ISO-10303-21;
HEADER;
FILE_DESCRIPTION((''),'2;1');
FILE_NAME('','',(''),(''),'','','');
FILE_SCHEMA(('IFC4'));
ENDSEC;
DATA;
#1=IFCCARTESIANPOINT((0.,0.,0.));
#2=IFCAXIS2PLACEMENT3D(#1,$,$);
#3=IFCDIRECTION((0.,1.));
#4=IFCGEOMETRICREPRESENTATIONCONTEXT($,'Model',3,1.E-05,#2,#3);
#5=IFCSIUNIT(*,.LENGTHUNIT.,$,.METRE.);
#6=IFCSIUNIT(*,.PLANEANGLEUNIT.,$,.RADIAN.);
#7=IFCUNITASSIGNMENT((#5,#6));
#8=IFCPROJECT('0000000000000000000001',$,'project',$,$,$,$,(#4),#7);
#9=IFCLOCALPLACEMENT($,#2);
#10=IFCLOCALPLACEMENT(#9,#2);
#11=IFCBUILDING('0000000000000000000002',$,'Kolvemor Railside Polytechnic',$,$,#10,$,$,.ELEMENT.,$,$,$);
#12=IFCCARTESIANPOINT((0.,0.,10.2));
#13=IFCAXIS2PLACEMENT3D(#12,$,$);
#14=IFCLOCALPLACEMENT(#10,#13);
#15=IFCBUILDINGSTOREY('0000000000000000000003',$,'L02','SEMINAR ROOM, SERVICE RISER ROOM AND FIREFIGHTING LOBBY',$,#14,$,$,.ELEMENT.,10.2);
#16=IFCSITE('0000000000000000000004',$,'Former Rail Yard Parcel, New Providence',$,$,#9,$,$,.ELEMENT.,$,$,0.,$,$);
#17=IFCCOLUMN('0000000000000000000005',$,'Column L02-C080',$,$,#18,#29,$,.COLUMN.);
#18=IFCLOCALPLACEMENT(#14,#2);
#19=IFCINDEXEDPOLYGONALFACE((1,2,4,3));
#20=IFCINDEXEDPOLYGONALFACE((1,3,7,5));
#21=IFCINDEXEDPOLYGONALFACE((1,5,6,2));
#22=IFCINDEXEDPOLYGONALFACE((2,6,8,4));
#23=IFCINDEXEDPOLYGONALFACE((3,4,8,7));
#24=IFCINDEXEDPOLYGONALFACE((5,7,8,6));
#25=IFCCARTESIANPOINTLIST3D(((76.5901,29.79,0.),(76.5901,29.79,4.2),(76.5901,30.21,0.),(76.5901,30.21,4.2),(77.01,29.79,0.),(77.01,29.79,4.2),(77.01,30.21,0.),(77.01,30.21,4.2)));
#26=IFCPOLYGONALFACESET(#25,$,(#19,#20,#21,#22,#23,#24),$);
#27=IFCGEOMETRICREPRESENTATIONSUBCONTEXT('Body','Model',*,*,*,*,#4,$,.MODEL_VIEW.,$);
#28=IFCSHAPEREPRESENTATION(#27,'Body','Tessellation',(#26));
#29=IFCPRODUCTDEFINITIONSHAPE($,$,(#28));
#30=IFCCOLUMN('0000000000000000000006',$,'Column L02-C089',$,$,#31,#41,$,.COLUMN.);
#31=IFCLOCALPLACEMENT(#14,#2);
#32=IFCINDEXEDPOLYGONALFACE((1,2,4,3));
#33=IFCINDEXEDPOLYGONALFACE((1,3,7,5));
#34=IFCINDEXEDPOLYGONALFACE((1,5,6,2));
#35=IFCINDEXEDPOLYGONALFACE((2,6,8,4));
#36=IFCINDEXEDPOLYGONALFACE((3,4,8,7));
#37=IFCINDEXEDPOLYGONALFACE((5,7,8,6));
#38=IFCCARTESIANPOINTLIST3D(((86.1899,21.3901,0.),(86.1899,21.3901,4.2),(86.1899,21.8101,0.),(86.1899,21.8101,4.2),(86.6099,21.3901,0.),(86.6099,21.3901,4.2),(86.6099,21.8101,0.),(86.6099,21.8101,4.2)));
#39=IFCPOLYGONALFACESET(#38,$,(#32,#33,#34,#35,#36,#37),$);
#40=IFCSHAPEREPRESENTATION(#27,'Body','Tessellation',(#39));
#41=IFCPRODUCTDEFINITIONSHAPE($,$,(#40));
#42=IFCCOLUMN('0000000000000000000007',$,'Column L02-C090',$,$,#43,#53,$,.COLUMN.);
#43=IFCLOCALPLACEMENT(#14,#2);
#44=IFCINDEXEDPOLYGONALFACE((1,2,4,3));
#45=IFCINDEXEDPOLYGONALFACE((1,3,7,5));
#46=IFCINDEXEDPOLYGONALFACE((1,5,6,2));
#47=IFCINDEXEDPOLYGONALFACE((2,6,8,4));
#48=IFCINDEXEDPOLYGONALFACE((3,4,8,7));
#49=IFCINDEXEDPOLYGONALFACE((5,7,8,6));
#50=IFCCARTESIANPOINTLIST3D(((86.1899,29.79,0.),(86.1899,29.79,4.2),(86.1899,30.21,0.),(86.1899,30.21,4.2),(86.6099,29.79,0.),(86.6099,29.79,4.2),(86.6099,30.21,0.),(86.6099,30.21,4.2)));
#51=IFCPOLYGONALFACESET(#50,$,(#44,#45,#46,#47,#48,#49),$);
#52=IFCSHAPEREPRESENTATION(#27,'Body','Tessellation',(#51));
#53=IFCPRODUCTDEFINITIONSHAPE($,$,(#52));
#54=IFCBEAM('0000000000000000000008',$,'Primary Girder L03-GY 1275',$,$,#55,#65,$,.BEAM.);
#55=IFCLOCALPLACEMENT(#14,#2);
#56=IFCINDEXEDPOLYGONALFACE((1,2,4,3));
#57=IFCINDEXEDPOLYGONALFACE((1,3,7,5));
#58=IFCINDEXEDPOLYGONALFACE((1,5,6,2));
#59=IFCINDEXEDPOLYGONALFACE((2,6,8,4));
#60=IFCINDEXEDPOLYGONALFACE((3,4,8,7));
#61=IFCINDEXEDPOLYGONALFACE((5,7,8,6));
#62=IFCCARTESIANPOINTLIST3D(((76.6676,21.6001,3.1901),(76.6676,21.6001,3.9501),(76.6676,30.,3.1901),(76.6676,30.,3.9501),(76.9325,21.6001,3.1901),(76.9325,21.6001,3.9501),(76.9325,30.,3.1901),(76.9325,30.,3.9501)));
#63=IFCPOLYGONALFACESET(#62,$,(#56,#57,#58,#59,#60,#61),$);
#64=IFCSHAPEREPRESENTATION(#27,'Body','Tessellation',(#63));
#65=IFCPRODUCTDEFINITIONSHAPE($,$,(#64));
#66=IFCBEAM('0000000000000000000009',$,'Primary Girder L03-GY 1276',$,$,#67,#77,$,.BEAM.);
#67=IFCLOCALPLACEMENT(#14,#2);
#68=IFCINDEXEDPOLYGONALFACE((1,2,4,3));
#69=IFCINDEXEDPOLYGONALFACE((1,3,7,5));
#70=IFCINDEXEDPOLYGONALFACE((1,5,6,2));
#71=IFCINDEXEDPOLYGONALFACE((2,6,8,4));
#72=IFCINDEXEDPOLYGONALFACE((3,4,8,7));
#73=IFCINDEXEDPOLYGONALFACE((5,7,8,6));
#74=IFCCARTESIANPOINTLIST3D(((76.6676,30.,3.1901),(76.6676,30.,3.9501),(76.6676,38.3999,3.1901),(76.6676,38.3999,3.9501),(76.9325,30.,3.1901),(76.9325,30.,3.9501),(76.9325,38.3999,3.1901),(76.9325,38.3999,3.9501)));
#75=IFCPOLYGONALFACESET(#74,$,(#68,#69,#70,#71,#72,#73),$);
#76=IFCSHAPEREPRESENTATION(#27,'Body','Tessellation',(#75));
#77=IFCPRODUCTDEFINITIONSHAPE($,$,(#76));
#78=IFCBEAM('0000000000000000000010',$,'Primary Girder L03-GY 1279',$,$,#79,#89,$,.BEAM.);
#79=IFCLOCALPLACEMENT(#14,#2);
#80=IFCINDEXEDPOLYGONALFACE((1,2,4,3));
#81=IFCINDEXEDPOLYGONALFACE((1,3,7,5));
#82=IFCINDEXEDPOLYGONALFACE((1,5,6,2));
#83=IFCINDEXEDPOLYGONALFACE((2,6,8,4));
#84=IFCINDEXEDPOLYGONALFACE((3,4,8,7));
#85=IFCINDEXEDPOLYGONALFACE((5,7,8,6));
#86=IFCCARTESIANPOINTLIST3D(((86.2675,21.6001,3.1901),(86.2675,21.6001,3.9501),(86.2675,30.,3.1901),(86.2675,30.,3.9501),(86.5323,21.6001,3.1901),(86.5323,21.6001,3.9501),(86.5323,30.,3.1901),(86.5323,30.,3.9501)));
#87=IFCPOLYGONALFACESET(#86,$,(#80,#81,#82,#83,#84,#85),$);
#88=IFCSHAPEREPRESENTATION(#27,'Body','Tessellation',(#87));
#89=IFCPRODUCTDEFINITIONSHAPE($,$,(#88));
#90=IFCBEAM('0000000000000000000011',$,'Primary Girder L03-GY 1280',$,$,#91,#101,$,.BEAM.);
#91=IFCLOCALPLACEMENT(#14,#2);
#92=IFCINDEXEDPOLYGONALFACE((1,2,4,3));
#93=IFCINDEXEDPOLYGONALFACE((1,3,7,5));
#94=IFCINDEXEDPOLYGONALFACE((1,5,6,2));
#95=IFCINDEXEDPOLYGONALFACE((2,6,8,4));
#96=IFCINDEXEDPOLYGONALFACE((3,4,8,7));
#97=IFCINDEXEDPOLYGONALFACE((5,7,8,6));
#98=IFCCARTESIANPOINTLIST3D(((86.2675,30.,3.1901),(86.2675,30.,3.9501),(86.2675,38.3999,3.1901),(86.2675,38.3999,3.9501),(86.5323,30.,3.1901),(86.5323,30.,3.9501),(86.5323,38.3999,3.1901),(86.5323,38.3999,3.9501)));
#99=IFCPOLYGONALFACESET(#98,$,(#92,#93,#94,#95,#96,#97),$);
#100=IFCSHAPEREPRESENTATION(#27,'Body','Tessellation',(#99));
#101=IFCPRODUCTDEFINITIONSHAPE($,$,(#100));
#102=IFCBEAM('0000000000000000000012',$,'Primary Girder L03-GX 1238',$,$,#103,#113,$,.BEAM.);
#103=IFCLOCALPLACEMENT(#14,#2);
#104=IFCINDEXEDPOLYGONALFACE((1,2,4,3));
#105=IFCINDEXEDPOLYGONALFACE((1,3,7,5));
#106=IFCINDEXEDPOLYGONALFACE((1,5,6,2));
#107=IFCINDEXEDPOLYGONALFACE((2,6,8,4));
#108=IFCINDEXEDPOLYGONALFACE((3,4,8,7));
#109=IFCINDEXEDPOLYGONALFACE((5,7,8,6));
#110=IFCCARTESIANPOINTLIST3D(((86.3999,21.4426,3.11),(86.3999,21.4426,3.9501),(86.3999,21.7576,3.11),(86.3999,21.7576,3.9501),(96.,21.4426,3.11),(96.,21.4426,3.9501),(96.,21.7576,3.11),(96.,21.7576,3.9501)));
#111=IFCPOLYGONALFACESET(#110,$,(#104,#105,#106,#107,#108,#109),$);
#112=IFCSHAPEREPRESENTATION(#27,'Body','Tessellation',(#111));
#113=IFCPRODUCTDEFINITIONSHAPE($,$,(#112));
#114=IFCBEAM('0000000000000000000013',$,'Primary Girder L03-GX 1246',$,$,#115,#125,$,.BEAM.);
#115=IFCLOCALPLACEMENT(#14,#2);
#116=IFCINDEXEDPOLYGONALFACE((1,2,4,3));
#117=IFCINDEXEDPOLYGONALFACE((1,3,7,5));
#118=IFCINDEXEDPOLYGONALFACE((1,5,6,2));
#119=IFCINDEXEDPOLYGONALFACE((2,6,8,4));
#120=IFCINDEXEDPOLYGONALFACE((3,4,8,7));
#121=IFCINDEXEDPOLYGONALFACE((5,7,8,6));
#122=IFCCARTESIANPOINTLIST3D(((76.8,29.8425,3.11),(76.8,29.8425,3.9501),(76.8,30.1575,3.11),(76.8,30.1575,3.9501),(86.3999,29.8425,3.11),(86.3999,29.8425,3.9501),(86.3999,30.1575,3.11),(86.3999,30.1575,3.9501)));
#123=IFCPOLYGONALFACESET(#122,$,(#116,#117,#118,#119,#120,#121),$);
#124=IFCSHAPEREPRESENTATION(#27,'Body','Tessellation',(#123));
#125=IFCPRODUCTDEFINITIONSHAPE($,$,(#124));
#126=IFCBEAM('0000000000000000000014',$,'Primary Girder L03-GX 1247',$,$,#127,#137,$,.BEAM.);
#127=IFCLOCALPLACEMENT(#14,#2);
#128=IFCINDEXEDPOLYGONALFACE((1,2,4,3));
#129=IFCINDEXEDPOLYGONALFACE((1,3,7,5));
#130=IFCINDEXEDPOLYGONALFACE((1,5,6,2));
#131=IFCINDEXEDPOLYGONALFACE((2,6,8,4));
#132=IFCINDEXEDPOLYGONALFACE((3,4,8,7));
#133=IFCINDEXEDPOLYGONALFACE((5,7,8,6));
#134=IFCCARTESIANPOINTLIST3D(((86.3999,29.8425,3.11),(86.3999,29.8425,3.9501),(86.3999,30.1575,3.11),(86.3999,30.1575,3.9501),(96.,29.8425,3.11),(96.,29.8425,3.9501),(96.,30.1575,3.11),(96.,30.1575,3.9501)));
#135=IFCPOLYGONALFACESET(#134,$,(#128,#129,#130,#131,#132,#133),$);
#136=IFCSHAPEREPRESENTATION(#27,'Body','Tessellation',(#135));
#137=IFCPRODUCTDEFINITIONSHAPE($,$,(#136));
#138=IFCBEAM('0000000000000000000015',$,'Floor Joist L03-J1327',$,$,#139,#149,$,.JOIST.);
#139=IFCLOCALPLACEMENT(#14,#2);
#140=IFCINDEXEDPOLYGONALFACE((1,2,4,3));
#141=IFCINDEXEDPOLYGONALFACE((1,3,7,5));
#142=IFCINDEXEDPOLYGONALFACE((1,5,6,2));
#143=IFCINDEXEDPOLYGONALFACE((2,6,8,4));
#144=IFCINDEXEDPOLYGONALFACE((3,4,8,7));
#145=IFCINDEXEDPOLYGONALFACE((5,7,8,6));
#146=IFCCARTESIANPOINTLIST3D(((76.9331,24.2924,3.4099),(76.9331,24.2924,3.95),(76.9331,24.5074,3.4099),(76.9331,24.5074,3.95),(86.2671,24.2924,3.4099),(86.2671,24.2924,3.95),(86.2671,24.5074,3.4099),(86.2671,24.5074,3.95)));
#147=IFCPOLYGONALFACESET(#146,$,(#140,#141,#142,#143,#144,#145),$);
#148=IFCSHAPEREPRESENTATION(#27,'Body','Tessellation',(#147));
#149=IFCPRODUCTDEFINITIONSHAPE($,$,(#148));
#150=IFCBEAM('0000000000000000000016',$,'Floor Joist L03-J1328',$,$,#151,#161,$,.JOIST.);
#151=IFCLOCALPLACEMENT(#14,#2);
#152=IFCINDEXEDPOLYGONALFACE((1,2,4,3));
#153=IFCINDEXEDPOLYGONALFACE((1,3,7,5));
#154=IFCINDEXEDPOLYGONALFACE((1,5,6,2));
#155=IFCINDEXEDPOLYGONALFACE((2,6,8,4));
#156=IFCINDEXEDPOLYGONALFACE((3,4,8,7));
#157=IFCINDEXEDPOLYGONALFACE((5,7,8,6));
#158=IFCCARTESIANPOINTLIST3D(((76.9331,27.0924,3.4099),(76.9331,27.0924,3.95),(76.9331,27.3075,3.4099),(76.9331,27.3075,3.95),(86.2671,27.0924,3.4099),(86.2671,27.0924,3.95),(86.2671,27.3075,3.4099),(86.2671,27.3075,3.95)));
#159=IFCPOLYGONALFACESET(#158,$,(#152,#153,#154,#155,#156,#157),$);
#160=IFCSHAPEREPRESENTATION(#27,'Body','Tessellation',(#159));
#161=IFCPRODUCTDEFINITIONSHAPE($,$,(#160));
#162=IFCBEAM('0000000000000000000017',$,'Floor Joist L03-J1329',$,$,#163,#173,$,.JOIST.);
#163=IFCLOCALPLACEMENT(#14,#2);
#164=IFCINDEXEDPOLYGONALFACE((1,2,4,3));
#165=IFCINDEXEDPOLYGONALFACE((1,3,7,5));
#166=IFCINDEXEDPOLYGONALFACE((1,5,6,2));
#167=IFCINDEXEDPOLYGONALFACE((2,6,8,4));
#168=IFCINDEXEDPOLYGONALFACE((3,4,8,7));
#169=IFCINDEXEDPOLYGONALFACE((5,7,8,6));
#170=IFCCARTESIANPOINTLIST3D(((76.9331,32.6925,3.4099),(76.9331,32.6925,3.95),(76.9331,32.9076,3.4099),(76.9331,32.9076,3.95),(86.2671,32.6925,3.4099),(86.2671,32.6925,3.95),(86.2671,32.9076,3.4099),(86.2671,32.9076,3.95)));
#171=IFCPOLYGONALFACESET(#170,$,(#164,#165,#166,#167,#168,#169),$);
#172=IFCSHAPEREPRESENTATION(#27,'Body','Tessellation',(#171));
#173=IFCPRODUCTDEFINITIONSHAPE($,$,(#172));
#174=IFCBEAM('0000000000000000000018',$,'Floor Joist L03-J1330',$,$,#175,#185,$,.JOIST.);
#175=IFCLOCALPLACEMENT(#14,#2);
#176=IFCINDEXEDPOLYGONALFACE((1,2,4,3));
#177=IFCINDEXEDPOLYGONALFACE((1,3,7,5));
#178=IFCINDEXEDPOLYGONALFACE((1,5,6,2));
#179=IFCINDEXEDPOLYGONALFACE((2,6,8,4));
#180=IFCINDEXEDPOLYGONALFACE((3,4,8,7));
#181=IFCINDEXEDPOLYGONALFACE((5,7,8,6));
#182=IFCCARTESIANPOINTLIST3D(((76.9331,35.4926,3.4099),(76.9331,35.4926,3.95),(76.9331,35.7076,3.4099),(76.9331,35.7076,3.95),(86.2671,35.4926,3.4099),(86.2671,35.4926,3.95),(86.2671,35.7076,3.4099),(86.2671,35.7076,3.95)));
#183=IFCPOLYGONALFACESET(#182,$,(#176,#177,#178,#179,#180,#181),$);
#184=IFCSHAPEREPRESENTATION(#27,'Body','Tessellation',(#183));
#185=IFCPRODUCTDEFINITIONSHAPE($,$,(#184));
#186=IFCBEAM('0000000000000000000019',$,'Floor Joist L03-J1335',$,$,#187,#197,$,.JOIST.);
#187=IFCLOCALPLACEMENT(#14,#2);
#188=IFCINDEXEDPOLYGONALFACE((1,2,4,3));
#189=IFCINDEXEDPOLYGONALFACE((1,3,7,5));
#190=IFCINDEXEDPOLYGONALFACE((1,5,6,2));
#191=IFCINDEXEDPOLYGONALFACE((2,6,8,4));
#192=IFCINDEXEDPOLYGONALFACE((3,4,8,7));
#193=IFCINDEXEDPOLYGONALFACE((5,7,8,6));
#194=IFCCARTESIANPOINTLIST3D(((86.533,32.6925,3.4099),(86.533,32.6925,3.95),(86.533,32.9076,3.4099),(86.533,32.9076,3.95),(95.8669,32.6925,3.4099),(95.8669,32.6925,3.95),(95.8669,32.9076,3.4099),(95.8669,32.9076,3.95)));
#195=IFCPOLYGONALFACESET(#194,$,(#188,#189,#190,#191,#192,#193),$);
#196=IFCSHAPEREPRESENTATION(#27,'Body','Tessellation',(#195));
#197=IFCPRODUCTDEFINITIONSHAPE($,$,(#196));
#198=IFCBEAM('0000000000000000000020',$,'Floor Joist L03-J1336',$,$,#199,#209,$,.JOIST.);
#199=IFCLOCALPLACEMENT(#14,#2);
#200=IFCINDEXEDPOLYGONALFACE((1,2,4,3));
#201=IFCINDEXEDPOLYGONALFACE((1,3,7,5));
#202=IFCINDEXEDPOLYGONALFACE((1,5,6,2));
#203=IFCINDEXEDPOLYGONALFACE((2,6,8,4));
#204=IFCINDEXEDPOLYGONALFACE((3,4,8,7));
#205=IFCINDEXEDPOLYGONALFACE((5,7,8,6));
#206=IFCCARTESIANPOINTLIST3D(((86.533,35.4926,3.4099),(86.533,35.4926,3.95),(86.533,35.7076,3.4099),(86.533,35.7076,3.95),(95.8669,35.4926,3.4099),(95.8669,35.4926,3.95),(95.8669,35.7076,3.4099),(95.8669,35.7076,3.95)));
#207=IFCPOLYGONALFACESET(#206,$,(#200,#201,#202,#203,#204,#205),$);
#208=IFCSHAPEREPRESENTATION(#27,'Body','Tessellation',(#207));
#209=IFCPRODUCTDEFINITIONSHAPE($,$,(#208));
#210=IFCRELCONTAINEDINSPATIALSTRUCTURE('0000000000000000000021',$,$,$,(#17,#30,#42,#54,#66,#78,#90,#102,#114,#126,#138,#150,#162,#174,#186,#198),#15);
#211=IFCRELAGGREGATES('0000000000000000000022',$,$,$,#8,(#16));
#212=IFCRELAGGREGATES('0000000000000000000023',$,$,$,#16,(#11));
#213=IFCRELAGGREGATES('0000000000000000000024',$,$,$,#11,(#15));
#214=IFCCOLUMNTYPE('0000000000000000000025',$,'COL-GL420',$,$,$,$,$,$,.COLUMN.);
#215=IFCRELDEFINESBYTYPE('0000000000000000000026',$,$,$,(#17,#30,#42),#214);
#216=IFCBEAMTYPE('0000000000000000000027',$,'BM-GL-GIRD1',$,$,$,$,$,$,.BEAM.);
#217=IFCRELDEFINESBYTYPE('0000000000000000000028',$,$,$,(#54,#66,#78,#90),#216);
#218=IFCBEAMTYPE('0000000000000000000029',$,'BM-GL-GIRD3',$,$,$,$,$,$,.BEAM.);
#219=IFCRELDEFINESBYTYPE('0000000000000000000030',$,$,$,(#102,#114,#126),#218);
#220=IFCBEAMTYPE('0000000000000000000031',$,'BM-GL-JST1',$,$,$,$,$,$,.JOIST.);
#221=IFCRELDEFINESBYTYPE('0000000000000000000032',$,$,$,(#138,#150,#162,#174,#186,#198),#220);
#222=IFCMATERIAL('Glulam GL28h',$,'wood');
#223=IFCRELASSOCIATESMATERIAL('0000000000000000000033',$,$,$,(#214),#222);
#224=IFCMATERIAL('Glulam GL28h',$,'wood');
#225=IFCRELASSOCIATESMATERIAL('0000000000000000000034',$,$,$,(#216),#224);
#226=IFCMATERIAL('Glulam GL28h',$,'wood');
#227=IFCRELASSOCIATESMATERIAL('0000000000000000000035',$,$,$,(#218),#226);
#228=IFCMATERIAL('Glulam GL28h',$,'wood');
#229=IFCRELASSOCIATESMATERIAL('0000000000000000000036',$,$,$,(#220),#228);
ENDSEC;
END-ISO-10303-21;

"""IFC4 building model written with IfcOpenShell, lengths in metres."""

from ifc_helpers import new_model, si_unit, direction, frame, origin, origin_2d, place, context, subcontext, project, spatial, rectangle, extrude, material, material_profile, profile_set, type_object, element, save


model = new_model("IFC4")

# Units and contexts
model_context = context("Model", 3, precision=1e-05, world=origin(), true_north=direction((0.0, 1.0)))
body_context = subcontext(model_context, "Body", "Model", "MODEL_VIEW")
ifc_project = project(units=[si_unit("LENGTHUNIT", "METRE"), si_unit("PLANEANGLEUNIT", "RADIAN")], contexts=[model_context])

# Site, building, storey
site_placement = place(None, origin())
site = spatial("IfcSite", under=ifc_project, at=site_placement, Name="Former Rail Yard Parcel, New Providence", CompositionType="ELEMENT", RefElevation=0.0)
building_placement = place(site_placement, origin())
building = spatial("IfcBuilding", under=site, at=building_placement, Name="Kolvemor Railside Polytechnic", CompositionType="ELEMENT")
storey_placement = place(building_placement, frame((0.0, 0.0, 10.2)))
storey = spatial("IfcBuildingStorey", under=building, at=storey_placement, Name="L02", Description="SEMINAR ROOM, SERVICE RISER ROOM AND FIREFIGHTING LOBBY", CompositionType="ELEMENT", Elevation=10.2)

# Columns
ifc_material_1 = material(Name="Glulam GL28h", Category="wood")
ifc_material_profile_1 = material_profile(ifc_material_1, rectangle(XDim=0.4199, YDim=0.4199, at=origin_2d()), Name="GL420x420")
ifc_profile_set_1 = profile_set([ifc_material_profile_1], Name="Glulam GL28h")
column_type = type_object("IfcColumnType", Name="COL-GL420", PredefinedType="COLUMN", material=ifc_profile_set_1)
for number, where, z_axis, x_axis, name in (
    (1, (76.8, 30.0, 0.0), (0.0, 0.0, 1.0), (1.0, 0.0, 0.0), "Column L02-C080"),
    (2, (86.3999, 21.6001, 0.0), (0.0, 0.0, 1.0), (1.0, 0.0, 0.0), "Column L02-C089"),
    (3, (86.3999, 30.0, 0.0), (0.0, 0.0, 1.0), (1.0, 0.0, 0.0), "Column L02-C090"),
):
    element("IfcColumn", number, at=place(storey_placement, frame(where, z_axis=z_axis, x_axis=x_axis)), inside=storey, type_object=column_type, Name=name, PredefinedType="COLUMN", context=body_context, shape_type="SweptSolid", body=[
        extrude(rectangle(XDim=0.4199, YDim=0.4199, at=origin_2d()), origin(), (0.0, 0.0, 1.0), 4.2),
    ])

# Beams
ifc_material_2 = material(Name="Glulam GL28h", Category="wood")
ifc_material_profile_2 = material_profile(ifc_material_2, rectangle(XDim=0.2649, YDim=0.76, at=origin_2d()), Name="GL265x760")
ifc_profile_set_2 = profile_set([ifc_material_profile_2], Name="Glulam GL28h")
beam_type_1 = type_object("IfcBeamType", Name="BM-GL-GIRD1", PredefinedType="BEAM", material=ifc_profile_set_2)
for number, where, z_axis, x_axis, name in (
    (4, (76.8, 21.6001, 3.5701), (0.0, 1.0, 0.0), (-1.0, 0.0, 0.0), "Primary Girder L03-GY 1275"),
    (5, (76.8, 30.0, 3.5701), (0.0, 1.0, 0.0), (-1.0, 0.0, 0.0), "Primary Girder L03-GY 1276"),
    (6, (86.3999, 21.6001, 3.5701), (0.0, 1.0, 0.0), (-1.0, 0.0, 0.0), "Primary Girder L03-GY 1279"),
    (7, (86.3999, 30.0, 3.5701), (0.0, 1.0, 0.0), (-1.0, 0.0, 0.0), "Primary Girder L03-GY 1280"),
):
    element("IfcBeam", number, at=place(storey_placement, frame(where, z_axis=z_axis, x_axis=x_axis)), inside=storey, type_object=beam_type_1, Name=name, PredefinedType="BEAM", context=body_context, shape_type="SweptSolid", body=[
        extrude(rectangle(XDim=0.2649, YDim=0.76, at=origin_2d()), origin(), (0.0, 0.0, 1.0), 8.3999),
    ])
ifc_material_3 = material(Name="Glulam GL28h", Category="wood")
ifc_material_profile_3 = material_profile(ifc_material_3, rectangle(XDim=0.3149, YDim=0.8401, at=origin_2d()), Name="GL315x840")
ifc_profile_set_3 = profile_set([ifc_material_profile_3], Name="Glulam GL28h")
beam_type_2 = type_object("IfcBeamType", Name="BM-GL-GIRD3", PredefinedType="BEAM", material=ifc_profile_set_3)
beam_1_placement = place(storey_placement, frame((86.3999, 21.6001, 3.53), z_axis=(1.0, 0.0, 0.0), x_axis=(0.0, 1.0, 0.0)))
element("IfcBeam", 8, at=beam_1_placement, inside=storey, type_object=beam_type_2, Name="Primary Girder L03-GX 1238", PredefinedType="BEAM", context=body_context, shape_type="SweptSolid", body=[
    extrude(rectangle(XDim=0.3149, YDim=0.8401, at=origin_2d()), origin(), (0.0, 0.0, 1.0), 9.6001),
])
beam_2_placement = place(storey_placement, frame((76.8, 30.0, 3.53), z_axis=(1.0, 0.0, 0.0), x_axis=(0.0, 1.0, 0.0)))
element("IfcBeam", 9, at=beam_2_placement, inside=storey, type_object=beam_type_2, Name="Primary Girder L03-GX 1246", PredefinedType="BEAM", context=body_context, shape_type="SweptSolid", body=[
    extrude(rectangle(XDim=0.3149, YDim=0.8401, at=origin_2d()), origin(), (0.0, 0.0, 1.0), 9.5999),
])
beam_3_placement = place(storey_placement, frame((86.3999, 30.0, 3.53), z_axis=(1.0, 0.0, 0.0), x_axis=(0.0, 1.0, 0.0)))
element("IfcBeam", 10, at=beam_3_placement, inside=storey, type_object=beam_type_2, Name="Primary Girder L03-GX 1247", PredefinedType="BEAM", context=body_context, shape_type="SweptSolid", body=[
    extrude(rectangle(XDim=0.3149, YDim=0.8401, at=origin_2d()), origin(), (0.0, 0.0, 1.0), 9.6001),
])
ifc_material_4 = material(Name="Glulam GL28h", Category="wood")
ifc_material_profile_4 = material_profile(ifc_material_4, rectangle(XDim=0.2151, YDim=0.54, at=origin_2d()), Name="GL215x540")
ifc_profile_set_4 = profile_set([ifc_material_profile_4], Name="Glulam GL28h")
beam_type_3 = type_object("IfcBeamType", Name="BM-GL-JST1", PredefinedType="JOIST", material=ifc_profile_set_4)
for number, where, z_axis, x_axis, name in (
    (11, (76.9331, 24.3999, 3.6799), (1.0, 0.0, 0.0), (0.0, 1.0, 0.0), "Floor Joist L03-J1327"),
    (12, (76.9331, 27.2, 3.6799), (1.0, 0.0, 0.0), (0.0, 1.0, 0.0), "Floor Joist L03-J1328"),
    (13, (76.9331, 32.8, 3.6799), (1.0, 0.0, 0.0), (0.0, 1.0, 0.0), "Floor Joist L03-J1329"),
    (14, (76.9331, 35.6001, 3.6799), (1.0, 0.0, 0.0), (0.0, 1.0, 0.0), "Floor Joist L03-J1330"),
    (15, (86.533, 32.8, 3.6799), (1.0, 0.0, 0.0), (0.0, 1.0, 0.0), "Floor Joist L03-J1335"),
    (16, (86.533, 35.6001, 3.6799), (1.0, 0.0, 0.0), (0.0, 1.0, 0.0), "Floor Joist L03-J1336"),
):
    element("IfcBeam", number, at=place(storey_placement, frame(where, z_axis=z_axis, x_axis=x_axis)), inside=storey, type_object=beam_type_3, Name=name, PredefinedType="JOIST", context=body_context, shape_type="SweptSolid", body=[
        extrude(rectangle(XDim=0.2151, YDim=0.54, at=origin_2d()), origin(), (0.0, 0.0, 1.0), 9.334),
    ])

save(model, "model.ifc")
